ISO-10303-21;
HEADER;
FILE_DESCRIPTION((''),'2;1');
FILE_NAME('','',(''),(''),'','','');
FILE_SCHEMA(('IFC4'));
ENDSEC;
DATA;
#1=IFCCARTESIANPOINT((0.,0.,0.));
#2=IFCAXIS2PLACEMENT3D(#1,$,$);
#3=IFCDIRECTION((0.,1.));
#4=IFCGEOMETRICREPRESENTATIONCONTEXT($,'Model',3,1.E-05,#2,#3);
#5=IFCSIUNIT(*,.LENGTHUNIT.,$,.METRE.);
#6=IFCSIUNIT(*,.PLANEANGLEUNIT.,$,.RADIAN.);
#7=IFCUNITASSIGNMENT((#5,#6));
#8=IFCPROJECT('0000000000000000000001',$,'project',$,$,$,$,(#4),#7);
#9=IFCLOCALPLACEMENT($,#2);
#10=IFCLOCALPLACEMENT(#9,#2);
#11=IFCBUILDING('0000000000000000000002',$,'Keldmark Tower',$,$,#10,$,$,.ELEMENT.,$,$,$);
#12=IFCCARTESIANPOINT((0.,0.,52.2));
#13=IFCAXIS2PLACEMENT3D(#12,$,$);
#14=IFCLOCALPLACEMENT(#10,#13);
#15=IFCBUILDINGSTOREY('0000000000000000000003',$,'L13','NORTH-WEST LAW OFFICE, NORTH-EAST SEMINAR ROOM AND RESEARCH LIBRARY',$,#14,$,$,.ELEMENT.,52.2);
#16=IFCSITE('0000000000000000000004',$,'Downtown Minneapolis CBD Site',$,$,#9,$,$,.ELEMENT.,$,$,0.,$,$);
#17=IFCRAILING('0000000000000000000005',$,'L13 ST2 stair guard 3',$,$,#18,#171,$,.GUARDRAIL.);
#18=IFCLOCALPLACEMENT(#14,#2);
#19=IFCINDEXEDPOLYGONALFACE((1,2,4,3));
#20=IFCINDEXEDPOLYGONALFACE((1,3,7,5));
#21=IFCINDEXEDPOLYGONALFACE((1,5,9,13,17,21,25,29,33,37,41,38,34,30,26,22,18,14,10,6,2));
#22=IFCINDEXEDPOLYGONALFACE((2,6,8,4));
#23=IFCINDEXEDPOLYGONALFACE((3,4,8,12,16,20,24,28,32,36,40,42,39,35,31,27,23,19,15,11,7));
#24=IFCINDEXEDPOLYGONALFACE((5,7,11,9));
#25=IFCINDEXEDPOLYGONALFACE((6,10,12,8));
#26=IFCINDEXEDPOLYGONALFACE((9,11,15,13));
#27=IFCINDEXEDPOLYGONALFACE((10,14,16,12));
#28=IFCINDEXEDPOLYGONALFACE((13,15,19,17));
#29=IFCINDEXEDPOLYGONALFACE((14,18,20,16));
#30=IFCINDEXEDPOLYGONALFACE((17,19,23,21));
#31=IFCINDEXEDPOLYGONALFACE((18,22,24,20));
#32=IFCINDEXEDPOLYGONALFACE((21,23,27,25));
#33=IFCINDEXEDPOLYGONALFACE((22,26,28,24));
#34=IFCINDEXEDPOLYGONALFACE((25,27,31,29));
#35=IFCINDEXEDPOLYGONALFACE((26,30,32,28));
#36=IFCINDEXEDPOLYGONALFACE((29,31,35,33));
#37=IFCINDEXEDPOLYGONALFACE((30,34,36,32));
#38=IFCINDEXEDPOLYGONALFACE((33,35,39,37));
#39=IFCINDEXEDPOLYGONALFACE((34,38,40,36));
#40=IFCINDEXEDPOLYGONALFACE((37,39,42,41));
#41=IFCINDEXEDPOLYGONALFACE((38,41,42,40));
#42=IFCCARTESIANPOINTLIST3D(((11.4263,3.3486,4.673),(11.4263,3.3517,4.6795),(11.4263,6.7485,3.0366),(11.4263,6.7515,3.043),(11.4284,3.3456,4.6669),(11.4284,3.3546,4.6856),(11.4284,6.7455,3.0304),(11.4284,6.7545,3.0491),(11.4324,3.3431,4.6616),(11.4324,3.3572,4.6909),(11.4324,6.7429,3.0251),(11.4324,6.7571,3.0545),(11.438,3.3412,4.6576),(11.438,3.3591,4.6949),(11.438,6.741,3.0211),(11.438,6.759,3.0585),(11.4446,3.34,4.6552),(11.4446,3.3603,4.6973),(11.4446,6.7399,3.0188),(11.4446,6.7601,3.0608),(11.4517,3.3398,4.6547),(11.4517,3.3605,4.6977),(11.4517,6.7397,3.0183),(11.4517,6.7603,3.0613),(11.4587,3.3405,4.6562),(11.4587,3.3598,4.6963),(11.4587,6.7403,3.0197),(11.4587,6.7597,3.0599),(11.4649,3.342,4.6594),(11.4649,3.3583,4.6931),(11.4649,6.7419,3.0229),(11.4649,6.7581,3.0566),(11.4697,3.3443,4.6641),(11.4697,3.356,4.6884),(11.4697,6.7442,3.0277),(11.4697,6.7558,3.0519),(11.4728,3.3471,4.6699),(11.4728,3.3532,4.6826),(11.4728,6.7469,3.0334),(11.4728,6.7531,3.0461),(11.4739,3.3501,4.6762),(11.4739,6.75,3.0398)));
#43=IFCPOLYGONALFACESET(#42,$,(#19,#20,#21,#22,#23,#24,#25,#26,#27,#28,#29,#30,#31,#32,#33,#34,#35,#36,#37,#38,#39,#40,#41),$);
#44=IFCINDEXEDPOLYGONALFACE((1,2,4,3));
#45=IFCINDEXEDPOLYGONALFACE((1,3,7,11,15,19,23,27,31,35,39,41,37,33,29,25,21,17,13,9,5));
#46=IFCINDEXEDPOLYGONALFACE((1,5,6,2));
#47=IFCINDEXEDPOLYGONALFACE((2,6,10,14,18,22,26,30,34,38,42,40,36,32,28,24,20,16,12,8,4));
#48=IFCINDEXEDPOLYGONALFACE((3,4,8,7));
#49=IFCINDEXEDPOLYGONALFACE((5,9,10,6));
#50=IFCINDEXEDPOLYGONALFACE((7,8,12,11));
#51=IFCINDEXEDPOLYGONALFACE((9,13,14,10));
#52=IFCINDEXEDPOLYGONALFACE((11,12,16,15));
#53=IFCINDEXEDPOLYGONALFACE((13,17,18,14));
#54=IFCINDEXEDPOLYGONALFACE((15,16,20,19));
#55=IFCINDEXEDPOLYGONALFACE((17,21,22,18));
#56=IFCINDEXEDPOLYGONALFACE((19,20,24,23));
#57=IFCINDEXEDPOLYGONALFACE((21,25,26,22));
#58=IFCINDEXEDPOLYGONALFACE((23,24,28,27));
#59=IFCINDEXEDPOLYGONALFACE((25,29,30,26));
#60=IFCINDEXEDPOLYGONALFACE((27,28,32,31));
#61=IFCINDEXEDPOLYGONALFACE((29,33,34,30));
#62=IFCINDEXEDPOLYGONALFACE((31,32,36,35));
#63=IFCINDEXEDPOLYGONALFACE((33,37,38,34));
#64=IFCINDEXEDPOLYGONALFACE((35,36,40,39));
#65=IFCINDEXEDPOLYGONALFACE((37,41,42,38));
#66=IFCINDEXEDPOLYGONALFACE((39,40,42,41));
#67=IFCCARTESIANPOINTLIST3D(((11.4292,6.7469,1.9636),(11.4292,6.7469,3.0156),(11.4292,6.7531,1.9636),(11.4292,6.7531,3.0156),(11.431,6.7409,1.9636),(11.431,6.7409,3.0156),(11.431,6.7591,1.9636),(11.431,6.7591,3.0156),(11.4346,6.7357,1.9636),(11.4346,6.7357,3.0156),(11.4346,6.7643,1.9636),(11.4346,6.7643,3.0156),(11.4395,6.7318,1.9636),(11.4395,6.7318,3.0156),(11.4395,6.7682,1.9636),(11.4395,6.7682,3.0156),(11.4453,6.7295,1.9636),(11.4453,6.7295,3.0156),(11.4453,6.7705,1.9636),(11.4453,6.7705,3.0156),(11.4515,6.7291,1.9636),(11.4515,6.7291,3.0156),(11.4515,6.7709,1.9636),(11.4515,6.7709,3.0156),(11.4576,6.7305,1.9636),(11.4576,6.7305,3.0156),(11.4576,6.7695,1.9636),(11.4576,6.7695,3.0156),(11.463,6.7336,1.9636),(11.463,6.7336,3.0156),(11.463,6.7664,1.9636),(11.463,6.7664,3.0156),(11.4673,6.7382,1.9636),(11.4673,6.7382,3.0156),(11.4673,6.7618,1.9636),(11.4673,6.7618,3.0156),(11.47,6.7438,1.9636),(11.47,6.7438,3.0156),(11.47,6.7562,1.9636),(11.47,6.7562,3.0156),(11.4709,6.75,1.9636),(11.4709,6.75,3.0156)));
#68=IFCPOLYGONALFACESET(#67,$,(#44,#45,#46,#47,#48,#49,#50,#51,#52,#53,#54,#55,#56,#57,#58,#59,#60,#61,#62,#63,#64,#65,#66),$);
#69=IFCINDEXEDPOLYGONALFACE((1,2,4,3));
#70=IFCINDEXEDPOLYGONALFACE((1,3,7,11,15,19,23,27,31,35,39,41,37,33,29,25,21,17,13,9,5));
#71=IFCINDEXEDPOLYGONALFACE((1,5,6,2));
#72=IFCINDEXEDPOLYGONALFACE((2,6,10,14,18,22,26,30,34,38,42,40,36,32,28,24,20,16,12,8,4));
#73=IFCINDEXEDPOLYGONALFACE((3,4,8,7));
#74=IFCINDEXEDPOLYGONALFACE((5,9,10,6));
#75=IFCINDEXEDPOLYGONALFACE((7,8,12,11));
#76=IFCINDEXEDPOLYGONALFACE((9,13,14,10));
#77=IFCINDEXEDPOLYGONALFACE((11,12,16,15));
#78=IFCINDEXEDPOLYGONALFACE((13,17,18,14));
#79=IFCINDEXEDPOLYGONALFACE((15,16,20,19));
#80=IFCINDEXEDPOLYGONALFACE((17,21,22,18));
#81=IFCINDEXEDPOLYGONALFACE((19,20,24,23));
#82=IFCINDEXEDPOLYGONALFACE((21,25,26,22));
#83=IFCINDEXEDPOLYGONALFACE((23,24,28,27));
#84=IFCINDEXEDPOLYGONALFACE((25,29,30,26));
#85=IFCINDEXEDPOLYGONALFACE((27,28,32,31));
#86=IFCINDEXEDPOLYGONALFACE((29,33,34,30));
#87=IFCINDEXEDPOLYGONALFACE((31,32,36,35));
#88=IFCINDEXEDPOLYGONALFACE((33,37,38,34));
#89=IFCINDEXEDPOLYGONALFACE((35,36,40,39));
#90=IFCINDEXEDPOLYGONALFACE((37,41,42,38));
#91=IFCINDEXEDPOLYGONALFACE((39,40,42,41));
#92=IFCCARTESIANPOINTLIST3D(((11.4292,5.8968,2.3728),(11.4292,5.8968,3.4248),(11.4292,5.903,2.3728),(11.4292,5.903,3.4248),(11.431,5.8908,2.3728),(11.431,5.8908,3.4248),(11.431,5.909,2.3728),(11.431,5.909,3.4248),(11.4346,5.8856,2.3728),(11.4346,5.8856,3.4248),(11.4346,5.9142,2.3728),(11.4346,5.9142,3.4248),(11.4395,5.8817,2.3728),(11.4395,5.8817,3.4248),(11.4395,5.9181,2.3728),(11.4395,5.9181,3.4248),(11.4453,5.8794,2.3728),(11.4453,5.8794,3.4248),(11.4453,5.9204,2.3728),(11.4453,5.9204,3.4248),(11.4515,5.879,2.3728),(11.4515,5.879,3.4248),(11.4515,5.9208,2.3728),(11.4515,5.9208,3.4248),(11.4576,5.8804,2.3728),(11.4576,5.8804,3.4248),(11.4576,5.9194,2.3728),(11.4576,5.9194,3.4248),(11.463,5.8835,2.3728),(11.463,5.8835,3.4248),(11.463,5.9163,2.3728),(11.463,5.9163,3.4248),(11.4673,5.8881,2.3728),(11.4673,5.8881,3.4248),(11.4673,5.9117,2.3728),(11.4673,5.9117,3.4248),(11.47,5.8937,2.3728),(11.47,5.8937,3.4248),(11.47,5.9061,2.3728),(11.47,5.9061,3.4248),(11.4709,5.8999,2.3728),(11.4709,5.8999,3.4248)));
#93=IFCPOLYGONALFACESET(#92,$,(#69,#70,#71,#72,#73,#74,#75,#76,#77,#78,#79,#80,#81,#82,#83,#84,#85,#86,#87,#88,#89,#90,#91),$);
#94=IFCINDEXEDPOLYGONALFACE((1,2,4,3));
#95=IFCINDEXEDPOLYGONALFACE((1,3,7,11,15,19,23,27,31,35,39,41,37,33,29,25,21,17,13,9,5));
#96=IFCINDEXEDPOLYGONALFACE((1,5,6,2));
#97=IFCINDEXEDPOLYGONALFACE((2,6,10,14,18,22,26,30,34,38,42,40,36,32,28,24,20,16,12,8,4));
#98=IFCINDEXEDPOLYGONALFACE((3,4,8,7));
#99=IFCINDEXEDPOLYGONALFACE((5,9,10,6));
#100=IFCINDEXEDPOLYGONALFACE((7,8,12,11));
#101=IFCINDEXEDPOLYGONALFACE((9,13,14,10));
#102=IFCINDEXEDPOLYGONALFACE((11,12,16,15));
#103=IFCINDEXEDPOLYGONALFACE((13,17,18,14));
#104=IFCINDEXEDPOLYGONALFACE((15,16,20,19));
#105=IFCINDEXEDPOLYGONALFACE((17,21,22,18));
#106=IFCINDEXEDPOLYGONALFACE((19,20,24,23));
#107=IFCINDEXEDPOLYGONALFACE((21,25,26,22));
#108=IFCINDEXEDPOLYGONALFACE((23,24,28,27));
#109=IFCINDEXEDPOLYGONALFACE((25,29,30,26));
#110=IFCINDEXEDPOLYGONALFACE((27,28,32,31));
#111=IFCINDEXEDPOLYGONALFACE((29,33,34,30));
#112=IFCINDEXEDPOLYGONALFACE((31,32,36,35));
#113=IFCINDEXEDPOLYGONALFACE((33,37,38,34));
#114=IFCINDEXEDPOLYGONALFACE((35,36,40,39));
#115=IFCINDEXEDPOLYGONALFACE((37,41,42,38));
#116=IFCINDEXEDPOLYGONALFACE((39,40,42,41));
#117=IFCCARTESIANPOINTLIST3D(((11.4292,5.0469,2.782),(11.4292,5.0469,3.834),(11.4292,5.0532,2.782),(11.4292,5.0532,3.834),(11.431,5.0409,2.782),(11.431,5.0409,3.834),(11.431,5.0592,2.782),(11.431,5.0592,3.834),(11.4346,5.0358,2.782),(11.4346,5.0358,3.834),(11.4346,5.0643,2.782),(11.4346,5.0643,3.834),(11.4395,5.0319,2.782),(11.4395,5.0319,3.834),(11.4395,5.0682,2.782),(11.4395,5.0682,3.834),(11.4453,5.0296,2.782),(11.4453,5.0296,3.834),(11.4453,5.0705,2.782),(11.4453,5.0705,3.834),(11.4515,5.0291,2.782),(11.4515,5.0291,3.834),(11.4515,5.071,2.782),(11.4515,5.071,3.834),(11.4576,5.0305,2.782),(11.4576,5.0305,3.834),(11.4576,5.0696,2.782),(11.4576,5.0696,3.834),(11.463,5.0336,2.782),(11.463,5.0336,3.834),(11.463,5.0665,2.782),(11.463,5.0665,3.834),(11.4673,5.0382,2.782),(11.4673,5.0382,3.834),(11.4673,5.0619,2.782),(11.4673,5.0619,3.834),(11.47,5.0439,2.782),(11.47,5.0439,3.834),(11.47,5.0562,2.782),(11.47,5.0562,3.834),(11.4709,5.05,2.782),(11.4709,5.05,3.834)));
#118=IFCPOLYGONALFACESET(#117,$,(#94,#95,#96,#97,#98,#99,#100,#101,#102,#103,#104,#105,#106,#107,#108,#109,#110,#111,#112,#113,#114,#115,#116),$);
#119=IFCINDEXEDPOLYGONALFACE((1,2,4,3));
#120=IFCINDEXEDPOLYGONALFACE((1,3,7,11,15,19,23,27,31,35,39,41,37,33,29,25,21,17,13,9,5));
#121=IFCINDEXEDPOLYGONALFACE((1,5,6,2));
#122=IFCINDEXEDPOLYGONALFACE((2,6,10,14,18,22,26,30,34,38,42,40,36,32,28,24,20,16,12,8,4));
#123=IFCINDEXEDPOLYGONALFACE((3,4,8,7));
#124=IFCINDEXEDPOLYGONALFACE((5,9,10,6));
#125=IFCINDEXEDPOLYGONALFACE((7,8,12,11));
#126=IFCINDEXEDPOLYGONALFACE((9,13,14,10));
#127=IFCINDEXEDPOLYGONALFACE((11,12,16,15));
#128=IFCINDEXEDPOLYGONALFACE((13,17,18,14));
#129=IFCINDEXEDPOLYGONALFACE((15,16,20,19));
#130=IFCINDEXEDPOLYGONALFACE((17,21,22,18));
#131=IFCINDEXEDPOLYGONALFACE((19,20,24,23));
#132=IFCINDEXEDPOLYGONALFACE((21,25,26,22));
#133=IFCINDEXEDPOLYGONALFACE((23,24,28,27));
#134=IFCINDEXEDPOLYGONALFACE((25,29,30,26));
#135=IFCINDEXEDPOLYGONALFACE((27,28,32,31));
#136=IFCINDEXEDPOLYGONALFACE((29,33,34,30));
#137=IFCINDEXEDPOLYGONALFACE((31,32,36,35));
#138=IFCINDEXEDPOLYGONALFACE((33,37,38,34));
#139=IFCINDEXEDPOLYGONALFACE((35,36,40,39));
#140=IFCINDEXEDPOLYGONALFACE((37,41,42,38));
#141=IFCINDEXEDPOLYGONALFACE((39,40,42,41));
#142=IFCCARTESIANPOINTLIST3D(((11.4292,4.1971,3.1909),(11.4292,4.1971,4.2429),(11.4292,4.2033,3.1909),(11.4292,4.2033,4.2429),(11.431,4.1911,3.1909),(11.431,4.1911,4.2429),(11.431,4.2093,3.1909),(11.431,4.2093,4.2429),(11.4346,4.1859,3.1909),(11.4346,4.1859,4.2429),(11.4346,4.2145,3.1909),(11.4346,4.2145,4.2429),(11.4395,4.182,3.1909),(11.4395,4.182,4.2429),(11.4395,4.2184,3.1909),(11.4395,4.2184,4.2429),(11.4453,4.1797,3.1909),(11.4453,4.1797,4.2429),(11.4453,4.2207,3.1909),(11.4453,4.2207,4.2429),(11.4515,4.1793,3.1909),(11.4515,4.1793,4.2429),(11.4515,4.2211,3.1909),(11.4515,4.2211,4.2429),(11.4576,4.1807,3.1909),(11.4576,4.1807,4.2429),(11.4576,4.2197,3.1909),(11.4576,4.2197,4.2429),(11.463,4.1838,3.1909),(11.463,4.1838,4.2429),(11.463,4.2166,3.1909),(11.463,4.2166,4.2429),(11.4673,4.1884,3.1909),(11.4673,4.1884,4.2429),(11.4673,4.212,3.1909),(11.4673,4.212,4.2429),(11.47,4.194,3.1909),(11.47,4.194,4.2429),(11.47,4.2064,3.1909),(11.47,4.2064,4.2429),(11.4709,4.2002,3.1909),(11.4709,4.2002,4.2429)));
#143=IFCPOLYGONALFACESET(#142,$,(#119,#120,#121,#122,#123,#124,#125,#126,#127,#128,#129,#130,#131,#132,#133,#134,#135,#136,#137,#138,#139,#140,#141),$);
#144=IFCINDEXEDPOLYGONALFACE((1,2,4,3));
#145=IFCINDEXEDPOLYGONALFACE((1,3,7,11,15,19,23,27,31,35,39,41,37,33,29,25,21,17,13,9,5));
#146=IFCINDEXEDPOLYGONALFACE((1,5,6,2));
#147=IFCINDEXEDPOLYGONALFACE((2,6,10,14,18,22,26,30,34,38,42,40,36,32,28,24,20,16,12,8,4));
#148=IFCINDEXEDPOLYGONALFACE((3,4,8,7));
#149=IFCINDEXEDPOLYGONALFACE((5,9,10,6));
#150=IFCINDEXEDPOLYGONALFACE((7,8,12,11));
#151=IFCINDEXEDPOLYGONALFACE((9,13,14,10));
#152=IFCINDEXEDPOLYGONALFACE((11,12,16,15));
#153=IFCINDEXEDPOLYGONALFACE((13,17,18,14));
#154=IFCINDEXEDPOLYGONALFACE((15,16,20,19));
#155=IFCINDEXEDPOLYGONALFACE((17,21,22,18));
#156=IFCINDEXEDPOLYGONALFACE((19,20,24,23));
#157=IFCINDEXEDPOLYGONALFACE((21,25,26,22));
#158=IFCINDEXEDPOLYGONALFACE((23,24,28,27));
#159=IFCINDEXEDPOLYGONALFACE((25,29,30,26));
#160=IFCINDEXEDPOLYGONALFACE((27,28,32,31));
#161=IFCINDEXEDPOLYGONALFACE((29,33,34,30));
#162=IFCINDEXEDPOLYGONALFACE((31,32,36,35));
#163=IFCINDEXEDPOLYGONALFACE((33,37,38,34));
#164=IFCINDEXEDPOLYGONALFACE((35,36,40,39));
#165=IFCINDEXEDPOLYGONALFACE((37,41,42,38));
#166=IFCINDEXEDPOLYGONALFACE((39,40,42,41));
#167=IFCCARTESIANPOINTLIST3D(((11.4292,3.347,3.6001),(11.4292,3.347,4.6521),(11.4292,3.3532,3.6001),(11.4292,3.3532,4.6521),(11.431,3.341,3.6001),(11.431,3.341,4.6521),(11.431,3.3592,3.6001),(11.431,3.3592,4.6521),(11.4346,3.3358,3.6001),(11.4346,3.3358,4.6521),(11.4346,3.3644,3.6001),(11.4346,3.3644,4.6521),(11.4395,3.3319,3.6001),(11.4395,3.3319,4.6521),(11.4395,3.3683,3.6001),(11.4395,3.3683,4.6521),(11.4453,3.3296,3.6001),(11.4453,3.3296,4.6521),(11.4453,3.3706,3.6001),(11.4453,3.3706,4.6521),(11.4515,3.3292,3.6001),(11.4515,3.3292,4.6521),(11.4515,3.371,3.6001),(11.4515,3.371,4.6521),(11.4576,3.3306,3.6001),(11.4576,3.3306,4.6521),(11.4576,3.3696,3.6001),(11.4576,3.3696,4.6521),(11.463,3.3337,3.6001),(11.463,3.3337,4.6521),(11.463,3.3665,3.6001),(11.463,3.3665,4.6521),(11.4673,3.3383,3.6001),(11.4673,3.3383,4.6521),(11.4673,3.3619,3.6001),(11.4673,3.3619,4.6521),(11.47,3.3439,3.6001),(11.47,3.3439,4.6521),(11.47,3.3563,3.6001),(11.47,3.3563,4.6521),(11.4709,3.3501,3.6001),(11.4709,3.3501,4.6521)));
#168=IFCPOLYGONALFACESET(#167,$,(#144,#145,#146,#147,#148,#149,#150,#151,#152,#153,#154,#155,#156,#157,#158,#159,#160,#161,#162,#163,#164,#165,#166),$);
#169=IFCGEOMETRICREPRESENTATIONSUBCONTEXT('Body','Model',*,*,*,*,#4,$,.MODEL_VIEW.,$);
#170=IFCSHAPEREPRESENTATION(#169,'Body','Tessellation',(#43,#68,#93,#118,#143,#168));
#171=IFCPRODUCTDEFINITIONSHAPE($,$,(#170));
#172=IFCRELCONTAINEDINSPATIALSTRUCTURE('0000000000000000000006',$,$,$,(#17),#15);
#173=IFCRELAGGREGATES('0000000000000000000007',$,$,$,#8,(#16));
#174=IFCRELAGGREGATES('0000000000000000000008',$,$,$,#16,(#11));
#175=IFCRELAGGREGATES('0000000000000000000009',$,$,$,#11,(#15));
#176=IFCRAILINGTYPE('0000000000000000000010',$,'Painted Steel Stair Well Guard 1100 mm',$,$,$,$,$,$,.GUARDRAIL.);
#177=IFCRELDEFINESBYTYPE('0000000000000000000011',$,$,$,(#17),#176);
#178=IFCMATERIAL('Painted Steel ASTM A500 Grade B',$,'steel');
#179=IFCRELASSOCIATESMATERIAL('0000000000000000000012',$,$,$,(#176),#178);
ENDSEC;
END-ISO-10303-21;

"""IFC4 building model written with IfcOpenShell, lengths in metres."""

from ifc_helpers import new_model, si_unit, direction, frame, origin, origin_2d, place, context, subcontext, project, spatial, circle, extrude, material, type_object, element, save


model = new_model("IFC4")

# Units and contexts
model_context = context("Model", 3, precision=1e-05, world=origin(), true_north=direction((0.0, 1.0)))
body_context = subcontext(model_context, "Body", "Model", "MODEL_VIEW")
ifc_project = project(units=[si_unit("LENGTHUNIT", "METRE"), si_unit("PLANEANGLEUNIT", "RADIAN")], contexts=[model_context])

# Site, building, storey
site_placement = place(None, origin())
site = spatial("IfcSite", under=ifc_project, at=site_placement, Name="Downtown Minneapolis CBD Site", CompositionType="ELEMENT", RefElevation=0.0)
building_placement = place(site_placement, origin())
building = spatial("IfcBuilding", under=site, at=building_placement, Name="Keldmark Tower", CompositionType="ELEMENT")
storey_placement = place(building_placement, frame((0.0, 0.0, 52.2)))
storey = spatial("IfcBuildingStorey", under=building, at=storey_placement, Name="L13", Description="NORTH-WEST LAW OFFICE, NORTH-EAST SEMINAR ROOM AND RESEARCH LIBRARY", CompositionType="ELEMENT", Elevation=52.2)

# Railing
ifc_material_1 = material(Name="Painted Steel ASTM A500 Grade B", Category="steel")
railing_type_1 = type_object("IfcRailingType", Name="Painted Steel Stair Well Guard 1100 mm", PredefinedType="GUARDRAIL", material=ifc_material_1)
railing_1_placement = place(storey_placement, frame((11.45, 6.75, 1.9636)))
element("IfcRailing", 1, at=railing_1_placement, inside=storey, type_object=railing_type_1, Name="L13 ST2 stair guard 3", PredefinedType="GUARDRAIL", context=body_context, shape_type="SweptSolid", body=[
    extrude(circle(Radius=0.0239, at=origin_2d()), frame((0.0, 0.0, 1.0762), z_axis=(0.0, -0.901055, 0.433705), x_axis=(1.0, 0.0, 0.0)), (0.0, 0.0, 1.0), 3.7732),
    extrude(circle(Radius=0.021, at=origin_2d()), origin(), (0.0, 0.0, 1.0), 1.052),
    extrude(circle(Radius=0.021, at=origin_2d()), frame((0.0, -0.8501, 0.4092)), (0.0, 0.0, 1.0), 1.052),
    extrude(circle(Radius=0.021, at=origin_2d()), frame((0.0, -1.7, 0.8184)), (0.0, 0.0, 1.0), 1.052),
    extrude(circle(Radius=0.021, at=origin_2d()), frame((0.0, -2.5498, 1.2273)), (0.0, 0.0, 1.0), 1.052),
    extrude(circle(Radius=0.021, at=origin_2d()), frame((0.0, -3.3999, 1.6365)), (0.0, 0.0, 1.0), 1.052),
])

save(model, "model.ifc")
